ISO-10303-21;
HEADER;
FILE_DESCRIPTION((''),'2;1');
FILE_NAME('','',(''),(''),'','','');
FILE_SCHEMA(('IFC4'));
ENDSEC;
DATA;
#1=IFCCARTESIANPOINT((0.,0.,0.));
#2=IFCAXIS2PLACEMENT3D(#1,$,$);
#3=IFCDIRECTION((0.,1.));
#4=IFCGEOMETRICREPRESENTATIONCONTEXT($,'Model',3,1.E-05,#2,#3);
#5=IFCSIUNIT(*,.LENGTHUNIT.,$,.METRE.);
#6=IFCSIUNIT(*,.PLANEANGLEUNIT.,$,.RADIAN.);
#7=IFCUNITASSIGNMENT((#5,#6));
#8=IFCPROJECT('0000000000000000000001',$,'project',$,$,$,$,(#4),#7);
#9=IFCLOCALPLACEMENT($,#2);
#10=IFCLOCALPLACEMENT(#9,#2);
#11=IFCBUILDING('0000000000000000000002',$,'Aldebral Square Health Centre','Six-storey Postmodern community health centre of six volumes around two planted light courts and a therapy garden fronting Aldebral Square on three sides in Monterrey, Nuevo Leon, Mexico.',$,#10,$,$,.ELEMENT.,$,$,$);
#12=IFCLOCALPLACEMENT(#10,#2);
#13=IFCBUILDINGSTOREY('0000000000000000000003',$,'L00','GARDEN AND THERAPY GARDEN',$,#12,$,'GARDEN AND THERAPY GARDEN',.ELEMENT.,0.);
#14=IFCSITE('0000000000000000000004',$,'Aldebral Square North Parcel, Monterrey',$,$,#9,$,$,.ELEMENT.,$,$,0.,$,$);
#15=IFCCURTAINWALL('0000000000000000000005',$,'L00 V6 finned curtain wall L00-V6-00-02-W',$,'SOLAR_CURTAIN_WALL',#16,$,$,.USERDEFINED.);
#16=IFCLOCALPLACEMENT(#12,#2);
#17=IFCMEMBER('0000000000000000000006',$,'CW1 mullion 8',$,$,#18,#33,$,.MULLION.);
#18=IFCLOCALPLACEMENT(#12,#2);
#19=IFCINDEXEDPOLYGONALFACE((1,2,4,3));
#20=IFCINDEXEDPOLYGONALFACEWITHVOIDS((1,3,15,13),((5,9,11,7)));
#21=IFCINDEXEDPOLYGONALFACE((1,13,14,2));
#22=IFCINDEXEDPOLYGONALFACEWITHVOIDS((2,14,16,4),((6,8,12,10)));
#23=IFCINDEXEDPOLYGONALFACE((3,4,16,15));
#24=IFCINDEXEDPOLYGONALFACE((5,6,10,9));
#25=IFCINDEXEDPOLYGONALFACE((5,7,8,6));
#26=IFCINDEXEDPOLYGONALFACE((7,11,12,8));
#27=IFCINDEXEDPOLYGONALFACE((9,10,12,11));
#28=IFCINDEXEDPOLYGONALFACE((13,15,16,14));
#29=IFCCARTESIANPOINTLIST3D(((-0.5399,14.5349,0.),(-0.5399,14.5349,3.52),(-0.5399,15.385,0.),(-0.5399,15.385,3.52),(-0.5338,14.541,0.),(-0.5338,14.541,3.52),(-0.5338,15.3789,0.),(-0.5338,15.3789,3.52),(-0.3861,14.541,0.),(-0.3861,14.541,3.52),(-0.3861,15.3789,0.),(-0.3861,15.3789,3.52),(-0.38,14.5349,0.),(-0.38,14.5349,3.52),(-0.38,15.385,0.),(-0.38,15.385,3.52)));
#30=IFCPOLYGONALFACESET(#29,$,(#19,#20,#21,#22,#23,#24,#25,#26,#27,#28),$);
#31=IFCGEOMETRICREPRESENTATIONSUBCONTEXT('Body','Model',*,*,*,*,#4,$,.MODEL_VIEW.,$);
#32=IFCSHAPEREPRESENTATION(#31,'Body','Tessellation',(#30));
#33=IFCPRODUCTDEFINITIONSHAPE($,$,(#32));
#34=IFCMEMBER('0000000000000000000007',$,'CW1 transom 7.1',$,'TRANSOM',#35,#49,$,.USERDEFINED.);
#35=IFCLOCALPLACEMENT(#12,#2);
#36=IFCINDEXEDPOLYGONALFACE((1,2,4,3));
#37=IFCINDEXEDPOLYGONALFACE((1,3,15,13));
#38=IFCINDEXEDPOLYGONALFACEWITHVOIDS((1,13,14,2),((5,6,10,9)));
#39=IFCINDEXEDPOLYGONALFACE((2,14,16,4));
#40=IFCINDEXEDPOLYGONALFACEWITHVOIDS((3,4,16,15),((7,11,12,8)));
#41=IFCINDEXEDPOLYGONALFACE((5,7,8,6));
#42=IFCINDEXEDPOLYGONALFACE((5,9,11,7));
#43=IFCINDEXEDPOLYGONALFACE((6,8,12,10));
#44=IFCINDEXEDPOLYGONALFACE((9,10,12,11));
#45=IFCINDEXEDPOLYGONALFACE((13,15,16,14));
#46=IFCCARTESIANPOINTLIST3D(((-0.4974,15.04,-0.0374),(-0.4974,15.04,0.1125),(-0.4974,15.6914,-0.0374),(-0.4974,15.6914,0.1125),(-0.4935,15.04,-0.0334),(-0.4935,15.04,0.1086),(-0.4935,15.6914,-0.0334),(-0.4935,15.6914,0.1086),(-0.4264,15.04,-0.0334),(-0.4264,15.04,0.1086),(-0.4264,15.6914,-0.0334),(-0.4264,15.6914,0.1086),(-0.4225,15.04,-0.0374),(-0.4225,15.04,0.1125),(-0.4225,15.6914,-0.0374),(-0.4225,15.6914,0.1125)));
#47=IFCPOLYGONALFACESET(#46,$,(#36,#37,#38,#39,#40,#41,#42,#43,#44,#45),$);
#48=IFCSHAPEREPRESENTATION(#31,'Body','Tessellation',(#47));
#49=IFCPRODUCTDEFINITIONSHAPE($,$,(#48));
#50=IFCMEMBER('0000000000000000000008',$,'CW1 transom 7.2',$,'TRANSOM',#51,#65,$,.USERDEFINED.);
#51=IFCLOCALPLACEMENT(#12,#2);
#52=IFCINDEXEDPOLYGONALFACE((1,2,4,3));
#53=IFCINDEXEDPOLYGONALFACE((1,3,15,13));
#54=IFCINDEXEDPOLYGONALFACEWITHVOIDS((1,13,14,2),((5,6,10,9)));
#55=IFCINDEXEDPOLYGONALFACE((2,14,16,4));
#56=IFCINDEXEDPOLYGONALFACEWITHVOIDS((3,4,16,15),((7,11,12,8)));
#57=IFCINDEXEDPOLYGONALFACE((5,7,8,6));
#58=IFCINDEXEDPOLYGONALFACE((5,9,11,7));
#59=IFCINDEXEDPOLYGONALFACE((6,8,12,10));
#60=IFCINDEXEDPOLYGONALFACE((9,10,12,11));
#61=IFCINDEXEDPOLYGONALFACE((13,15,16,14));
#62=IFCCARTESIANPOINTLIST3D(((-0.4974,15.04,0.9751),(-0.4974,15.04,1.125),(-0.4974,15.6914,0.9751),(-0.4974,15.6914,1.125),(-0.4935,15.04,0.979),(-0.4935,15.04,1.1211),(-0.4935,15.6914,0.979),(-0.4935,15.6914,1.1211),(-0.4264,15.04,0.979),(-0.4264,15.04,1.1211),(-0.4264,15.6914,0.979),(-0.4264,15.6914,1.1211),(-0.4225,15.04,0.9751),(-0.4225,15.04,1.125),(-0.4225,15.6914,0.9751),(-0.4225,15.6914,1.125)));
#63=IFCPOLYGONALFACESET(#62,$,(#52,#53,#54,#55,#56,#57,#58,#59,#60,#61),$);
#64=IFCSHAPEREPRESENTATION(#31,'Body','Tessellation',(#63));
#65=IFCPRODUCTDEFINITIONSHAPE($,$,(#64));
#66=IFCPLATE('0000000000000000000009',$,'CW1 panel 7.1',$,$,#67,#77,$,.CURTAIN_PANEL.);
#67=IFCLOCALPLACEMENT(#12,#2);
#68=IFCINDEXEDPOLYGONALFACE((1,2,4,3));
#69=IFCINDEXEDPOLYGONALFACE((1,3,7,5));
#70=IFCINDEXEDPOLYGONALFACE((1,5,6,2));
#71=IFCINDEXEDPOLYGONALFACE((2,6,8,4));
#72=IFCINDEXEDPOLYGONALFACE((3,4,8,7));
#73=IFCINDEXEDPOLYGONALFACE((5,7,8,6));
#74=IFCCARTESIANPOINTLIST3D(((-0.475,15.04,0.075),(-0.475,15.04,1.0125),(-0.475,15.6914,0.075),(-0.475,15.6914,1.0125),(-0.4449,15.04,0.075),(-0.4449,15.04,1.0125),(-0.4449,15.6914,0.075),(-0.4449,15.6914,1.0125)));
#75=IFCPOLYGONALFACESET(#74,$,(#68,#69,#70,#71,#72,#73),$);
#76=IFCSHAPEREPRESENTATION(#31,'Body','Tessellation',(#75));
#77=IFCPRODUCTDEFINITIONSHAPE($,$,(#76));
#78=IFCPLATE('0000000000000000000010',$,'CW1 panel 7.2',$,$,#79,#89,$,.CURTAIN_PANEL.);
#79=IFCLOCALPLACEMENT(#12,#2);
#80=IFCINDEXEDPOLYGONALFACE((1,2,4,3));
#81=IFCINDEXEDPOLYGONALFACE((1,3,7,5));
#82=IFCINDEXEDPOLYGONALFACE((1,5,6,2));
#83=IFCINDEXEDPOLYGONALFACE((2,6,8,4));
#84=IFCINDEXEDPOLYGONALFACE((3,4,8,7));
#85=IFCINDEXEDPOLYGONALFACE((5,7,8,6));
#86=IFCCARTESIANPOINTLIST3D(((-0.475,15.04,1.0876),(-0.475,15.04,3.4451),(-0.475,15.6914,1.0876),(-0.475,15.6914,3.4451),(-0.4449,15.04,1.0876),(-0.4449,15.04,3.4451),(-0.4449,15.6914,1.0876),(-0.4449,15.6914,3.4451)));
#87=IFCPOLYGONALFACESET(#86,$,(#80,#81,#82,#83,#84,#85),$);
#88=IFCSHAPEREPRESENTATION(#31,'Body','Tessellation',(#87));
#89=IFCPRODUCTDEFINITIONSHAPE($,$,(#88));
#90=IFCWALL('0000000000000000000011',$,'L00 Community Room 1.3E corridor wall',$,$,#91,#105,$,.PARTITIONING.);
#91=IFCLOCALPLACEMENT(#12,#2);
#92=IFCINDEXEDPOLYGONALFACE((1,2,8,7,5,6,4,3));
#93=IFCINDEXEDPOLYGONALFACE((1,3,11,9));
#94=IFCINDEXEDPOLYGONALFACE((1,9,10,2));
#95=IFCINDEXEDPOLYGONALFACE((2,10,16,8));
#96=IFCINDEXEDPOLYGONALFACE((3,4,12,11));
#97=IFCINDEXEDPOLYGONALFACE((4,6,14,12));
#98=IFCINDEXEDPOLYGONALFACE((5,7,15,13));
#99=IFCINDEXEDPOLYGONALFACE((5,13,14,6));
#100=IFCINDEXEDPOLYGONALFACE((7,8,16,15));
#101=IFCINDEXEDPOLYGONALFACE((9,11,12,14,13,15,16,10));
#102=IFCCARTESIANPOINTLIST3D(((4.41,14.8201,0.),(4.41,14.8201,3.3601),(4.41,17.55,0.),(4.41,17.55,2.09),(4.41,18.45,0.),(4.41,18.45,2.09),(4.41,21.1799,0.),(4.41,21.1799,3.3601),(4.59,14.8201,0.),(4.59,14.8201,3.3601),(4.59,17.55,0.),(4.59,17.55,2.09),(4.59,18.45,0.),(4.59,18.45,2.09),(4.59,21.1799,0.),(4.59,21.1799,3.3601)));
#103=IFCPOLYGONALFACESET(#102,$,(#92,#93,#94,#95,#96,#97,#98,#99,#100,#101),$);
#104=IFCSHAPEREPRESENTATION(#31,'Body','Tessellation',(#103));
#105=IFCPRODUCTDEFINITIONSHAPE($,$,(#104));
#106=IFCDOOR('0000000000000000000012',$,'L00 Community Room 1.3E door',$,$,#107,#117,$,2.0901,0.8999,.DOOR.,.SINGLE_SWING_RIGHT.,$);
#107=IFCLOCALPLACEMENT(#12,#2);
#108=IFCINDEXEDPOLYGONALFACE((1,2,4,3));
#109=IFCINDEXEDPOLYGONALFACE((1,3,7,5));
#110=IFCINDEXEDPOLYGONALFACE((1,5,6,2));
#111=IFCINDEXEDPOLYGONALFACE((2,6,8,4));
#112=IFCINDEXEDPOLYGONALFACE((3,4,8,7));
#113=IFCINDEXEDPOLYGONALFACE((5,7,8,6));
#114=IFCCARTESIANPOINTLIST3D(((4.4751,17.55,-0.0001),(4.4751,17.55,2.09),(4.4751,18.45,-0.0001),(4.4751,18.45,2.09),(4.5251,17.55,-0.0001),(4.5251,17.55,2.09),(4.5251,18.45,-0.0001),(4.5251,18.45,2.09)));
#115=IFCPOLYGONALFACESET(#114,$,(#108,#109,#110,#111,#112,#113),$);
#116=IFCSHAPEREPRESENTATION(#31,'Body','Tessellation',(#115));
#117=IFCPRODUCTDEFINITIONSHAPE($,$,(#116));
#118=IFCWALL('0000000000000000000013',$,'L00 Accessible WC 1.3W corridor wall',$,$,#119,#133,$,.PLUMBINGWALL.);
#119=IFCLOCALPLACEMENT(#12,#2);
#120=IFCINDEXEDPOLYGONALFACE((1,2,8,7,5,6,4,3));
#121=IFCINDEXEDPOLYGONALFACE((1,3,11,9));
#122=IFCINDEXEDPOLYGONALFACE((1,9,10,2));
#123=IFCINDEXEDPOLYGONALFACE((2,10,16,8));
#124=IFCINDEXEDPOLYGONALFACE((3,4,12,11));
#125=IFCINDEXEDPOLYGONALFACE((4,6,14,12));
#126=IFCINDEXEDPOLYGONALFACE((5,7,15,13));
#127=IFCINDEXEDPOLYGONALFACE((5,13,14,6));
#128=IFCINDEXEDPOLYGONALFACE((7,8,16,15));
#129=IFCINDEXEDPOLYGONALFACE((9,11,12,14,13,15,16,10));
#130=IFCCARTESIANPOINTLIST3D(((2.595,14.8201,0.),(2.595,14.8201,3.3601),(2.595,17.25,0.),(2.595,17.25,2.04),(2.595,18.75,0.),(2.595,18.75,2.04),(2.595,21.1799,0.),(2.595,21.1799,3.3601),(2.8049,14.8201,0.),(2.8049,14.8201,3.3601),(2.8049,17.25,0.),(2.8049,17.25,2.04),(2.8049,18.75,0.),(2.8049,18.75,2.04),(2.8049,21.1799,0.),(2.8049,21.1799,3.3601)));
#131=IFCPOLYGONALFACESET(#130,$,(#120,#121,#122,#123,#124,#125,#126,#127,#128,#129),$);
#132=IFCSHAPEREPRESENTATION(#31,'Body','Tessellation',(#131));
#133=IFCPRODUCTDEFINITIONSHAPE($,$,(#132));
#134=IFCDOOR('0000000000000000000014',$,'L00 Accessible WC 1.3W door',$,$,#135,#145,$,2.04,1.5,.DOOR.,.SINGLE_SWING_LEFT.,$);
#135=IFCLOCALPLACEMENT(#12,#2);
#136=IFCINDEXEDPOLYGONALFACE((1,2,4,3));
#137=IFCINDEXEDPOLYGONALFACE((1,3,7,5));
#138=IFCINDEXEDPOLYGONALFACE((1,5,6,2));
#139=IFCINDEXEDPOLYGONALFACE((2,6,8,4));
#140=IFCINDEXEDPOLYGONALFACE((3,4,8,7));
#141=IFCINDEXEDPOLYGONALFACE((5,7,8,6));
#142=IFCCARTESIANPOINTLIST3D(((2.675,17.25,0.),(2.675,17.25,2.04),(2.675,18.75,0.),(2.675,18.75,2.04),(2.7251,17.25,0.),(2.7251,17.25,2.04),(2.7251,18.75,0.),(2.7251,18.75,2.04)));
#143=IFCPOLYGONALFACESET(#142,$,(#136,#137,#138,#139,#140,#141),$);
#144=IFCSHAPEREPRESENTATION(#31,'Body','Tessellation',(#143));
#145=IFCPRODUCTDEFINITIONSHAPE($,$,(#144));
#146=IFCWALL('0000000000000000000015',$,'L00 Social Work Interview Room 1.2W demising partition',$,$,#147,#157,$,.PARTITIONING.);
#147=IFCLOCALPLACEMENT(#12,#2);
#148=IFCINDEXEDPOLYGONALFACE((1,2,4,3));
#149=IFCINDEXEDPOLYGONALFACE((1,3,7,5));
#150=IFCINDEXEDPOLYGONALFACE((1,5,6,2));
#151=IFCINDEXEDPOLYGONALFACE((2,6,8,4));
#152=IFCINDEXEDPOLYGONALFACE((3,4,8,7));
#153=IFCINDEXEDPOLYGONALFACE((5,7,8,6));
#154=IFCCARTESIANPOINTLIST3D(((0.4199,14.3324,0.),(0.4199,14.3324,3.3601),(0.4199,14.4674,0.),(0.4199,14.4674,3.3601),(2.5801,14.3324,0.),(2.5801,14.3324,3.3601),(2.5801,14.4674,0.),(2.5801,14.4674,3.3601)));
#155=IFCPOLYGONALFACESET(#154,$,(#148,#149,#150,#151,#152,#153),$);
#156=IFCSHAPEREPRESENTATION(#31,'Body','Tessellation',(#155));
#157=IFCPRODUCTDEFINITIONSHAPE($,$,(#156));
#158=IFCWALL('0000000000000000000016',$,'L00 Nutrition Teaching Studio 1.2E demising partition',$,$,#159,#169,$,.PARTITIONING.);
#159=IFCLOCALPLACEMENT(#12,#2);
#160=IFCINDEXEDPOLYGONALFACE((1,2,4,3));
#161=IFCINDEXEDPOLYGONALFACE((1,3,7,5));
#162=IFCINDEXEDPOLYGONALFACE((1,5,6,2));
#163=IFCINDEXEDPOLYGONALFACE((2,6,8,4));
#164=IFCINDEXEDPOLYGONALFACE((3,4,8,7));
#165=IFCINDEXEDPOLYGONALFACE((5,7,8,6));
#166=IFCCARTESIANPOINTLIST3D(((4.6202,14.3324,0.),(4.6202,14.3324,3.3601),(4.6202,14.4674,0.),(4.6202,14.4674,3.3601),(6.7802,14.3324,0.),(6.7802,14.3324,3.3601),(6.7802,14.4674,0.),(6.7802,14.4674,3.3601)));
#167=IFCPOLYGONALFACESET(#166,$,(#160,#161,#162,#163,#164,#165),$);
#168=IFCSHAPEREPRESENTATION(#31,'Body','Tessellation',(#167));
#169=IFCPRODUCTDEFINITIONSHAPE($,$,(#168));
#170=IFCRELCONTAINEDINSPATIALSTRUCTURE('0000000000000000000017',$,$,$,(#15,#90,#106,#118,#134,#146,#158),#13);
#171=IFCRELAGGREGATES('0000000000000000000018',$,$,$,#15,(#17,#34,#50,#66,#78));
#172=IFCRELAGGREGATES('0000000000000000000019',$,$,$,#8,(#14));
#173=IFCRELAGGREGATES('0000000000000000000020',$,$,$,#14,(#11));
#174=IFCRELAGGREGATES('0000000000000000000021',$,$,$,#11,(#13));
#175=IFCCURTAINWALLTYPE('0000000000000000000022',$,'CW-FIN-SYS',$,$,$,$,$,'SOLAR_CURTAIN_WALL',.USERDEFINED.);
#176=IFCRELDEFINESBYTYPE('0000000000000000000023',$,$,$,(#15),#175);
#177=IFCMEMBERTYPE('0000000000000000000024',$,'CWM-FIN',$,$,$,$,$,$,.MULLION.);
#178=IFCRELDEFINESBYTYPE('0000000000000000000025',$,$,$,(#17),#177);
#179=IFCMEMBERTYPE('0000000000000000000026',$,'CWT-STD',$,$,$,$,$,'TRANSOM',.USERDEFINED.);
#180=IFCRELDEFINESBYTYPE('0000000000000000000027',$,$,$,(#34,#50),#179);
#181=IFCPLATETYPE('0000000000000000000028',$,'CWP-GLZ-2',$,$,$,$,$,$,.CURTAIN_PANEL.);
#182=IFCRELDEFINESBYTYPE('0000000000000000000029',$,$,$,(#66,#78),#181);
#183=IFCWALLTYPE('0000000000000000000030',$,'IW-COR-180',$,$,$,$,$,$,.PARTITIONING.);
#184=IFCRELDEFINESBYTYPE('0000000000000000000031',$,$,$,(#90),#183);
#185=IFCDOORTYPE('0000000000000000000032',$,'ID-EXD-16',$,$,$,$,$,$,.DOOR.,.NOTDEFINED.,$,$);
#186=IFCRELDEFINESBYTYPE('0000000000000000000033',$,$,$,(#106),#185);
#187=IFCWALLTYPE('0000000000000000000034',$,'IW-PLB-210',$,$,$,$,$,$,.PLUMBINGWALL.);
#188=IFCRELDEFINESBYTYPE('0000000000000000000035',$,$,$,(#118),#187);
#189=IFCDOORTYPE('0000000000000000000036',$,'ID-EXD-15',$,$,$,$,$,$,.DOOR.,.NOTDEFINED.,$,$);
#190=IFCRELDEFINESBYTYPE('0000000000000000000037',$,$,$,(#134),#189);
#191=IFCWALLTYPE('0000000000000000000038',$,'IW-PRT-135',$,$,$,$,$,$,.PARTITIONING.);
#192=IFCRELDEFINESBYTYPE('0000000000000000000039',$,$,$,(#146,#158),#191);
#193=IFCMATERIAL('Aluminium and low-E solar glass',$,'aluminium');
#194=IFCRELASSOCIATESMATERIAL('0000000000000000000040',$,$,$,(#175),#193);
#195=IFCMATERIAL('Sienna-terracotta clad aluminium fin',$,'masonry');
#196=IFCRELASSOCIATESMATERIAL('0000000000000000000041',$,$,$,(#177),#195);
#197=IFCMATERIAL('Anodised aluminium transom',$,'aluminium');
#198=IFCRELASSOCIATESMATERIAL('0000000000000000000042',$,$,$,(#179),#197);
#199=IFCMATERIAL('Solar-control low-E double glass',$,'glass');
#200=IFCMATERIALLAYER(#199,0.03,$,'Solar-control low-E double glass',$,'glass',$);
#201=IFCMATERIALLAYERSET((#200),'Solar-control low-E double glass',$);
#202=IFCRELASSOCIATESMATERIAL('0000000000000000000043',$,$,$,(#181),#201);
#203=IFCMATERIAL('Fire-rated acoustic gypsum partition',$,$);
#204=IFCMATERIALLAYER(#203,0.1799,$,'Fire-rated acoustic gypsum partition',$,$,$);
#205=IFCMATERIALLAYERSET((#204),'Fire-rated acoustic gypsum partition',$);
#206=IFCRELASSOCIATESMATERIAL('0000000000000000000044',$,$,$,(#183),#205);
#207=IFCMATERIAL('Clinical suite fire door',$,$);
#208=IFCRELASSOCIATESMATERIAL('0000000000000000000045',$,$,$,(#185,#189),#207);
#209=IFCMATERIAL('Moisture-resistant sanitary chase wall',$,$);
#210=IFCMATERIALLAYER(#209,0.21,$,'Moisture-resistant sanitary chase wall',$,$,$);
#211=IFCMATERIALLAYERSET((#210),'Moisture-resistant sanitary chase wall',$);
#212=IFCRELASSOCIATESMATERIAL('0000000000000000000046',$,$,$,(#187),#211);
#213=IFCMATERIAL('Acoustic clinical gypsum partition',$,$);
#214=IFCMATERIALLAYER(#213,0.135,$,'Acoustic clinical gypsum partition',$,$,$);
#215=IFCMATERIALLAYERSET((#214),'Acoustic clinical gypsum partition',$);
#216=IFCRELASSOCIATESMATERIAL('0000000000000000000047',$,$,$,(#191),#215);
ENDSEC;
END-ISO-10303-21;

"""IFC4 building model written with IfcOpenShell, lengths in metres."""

from ifc_helpers import new_model, si_unit, direction, frame, frame_2d, origin, origin_2d, place, context, subcontext, project, spatial, rectangle, hollow_rectangle, extrude, material, layer, layer_set, material_profile, profile_set, type_object, element, fill, aggregate, save


model = new_model("IFC4")

# Units and contexts
model_context = context("Model", 3, precision=1e-05, world=origin(), true_north=direction((0.0, 1.0)))
body_context = subcontext(model_context, "Body", "Model", "MODEL_VIEW")
ifc_project = project(units=[si_unit("LENGTHUNIT", "METRE"), si_unit("PLANEANGLEUNIT", "RADIAN")], contexts=[model_context])

# Site, building, storey
site_placement = place(None, origin())
site = spatial("IfcSite", under=ifc_project, at=site_placement, Name="Aldebral Square North Parcel, Monterrey", CompositionType="ELEMENT", RefElevation=0.0)
building_placement = place(site_placement, origin())
building = spatial("IfcBuilding", under=site, at=building_placement, Name="Aldebral Square Health Centre", Description="Six-storey Postmodern community health centre of six volumes around two planted light courts and a therapy garden fronting Aldebral Square on three sides in Monterrey, Nuevo Leon, Mexico.", CompositionType="ELEMENT")
storey_placement = place(building_placement, origin())
storey = spatial("IfcBuildingStorey", under=building, at=storey_placement, Name="L00", Description="GARDEN AND THERAPY GARDEN", LongName="GARDEN AND THERAPY GARDEN", CompositionType="ELEMENT", Elevation=0.0)

# Curtain wall, members, plates
ifc_material_1 = material(Name="Aluminium and low-E solar glass", Category="aluminium")
curtain_wall_type = type_object("IfcCurtainWallType", Name="CW-FIN-SYS", ElementType="SOLAR_CURTAIN_WALL", PredefinedType="USERDEFINED", material=ifc_material_1)
curtain_wall_placement = place(storey_placement, origin())
curtain_wall = element("IfcCurtainWall", 1, at=curtain_wall_placement, inside=storey, type_object=curtain_wall_type, Name="L00 V6 finned curtain wall L00-V6-00-02-W", ObjectType="SOLAR_CURTAIN_WALL", PredefinedType="USERDEFINED")
ifc_material_2 = material(Name="Sienna-terracotta clad aluminium fin", Category="masonry")
ifc_material_profile_1 = material_profile(ifc_material_2, hollow_rectangle(XDim=0.1599, YDim=0.8501, WallThickness=0.0061, at=origin_2d()), Name="FIN 160x850x6")
ifc_profile_set_1 = profile_set([ifc_material_profile_1], Name="Sienna-terracotta clad aluminium fin")
member_type_1 = type_object("IfcMemberType", Name="CWM-FIN", PredefinedType="MULLION", material=ifc_profile_set_1)
member_1_placement = place(storey_placement, frame((-0.46, 14.96, 0.0), z_axis=(0.0, 0.0, 1.0), x_axis=(1.0, 0.0, 0.0)))
member_1 = element("IfcMember", 2, at=member_1_placement, type_object=member_type_1, Name="CW1 mullion 8", PredefinedType="MULLION", context=body_context, shape_type="SweptSolid", body=[
    extrude(hollow_rectangle(XDim=0.1599, YDim=0.8501, WallThickness=0.0061, at=origin_2d()), origin(), (0.0, 0.0, 1.0), 3.52),
])
ifc_material_3 = material(Name="Anodised aluminium transom", Category="aluminium")
ifc_material_profile_2 = material_profile(ifc_material_3, hollow_rectangle(XDim=0.075, YDim=0.1499, WallThickness=0.0039, at=origin_2d()), Name="CWT 75x150x4")
ifc_profile_set_2 = profile_set([ifc_material_profile_2], Name="Anodised aluminium transom")
member_type_2 = type_object("IfcMemberType", Name="CWT-STD", ElementType="TRANSOM", PredefinedType="USERDEFINED", material=ifc_profile_set_2)
member_2_placement = place(storey_placement, frame((-0.46, 15.6914, 0.0376), z_axis=(0.0, -1.0, 0.0), x_axis=(1.0, 0.0, 0.0)))
member_2 = element("IfcMember", 3, at=member_2_placement, type_object=member_type_2, Name="CW1 transom 7.1", ObjectType="TRANSOM", PredefinedType="USERDEFINED", context=body_context, shape_type="SweptSolid", body=[
    extrude(hollow_rectangle(XDim=0.075, YDim=0.1499, WallThickness=0.0039, at=origin_2d()), origin(), (0.0, 0.0, 1.0), 0.6514),
])
member_3_placement = place(storey_placement, frame((-0.46, 15.6914, 1.05), z_axis=(0.0, -1.0, 0.0), x_axis=(1.0, 0.0, 0.0)))
member_3 = element("IfcMember", 4, at=member_3_placement, type_object=member_type_2, Name="CW1 transom 7.2", ObjectType="TRANSOM", PredefinedType="USERDEFINED", context=body_context, shape_type="SweptSolid", body=[
    extrude(hollow_rectangle(XDim=0.075, YDim=0.1499, WallThickness=0.0039, at=origin_2d()), origin(), (0.0, 0.0, 1.0), 0.6514),
])
ifc_material_4 = material(Name="Solar-control low-E double glass", Category="glass")
ifc_layer_1 = layer(ifc_material_4, 0.03, Name="Solar-control low-E double glass", Category="glass")
ifc_layer_set_1 = layer_set([ifc_layer_1], Name="Solar-control low-E double glass")
plate_type = type_object("IfcPlateType", Name="CWP-GLZ-2", PredefinedType="CURTAIN_PANEL", material=ifc_layer_set_1)
plate_1_placement = place(storey_placement, frame((-0.46, 15.3657, 0.075), z_axis=(0.0, 0.0, 1.0), x_axis=(0.0, -1.0, 0.0)))
plate_1 = element("IfcPlate", 5, at=plate_1_placement, type_object=plate_type, Name="CW1 panel 7.1", PredefinedType="CURTAIN_PANEL", context=body_context, shape_type="SweptSolid", body=[
    extrude(rectangle(XDim=0.6514, YDim=0.03, at=origin_2d()), origin(), (0.0, 0.0, 1.0), 0.9375),
])
plate_2_placement = place(storey_placement, frame((-0.46, 15.3657, 1.0876), z_axis=(0.0, 0.0, 1.0), x_axis=(0.0, -1.0, 0.0)))
plate_2 = element("IfcPlate", 6, at=plate_2_placement, type_object=plate_type, Name="CW1 panel 7.2", PredefinedType="CURTAIN_PANEL", context=body_context, shape_type="SweptSolid", body=[
    extrude(rectangle(XDim=0.6514, YDim=0.03, at=origin_2d()), origin(), (0.0, 0.0, 1.0), 2.3574),
])
aggregate(curtain_wall, [member_1, member_2, member_3, plate_1, plate_2])

# Walls, openings, doors
ifc_material_5 = material(Name="Fire-rated acoustic gypsum partition")
ifc_layer_2 = layer(ifc_material_5, 0.1799, Name="Fire-rated acoustic gypsum partition")
ifc_layer_set_2 = layer_set([ifc_layer_2], Name="Fire-rated acoustic gypsum partition")
wall_type_1 = type_object("IfcWallType", Name="IW-COR-180", PredefinedType="PARTITIONING", material=ifc_layer_set_2)
wall_1_placement = place(storey_placement, frame((4.5, 14.8201, 0.0), z_axis=(0.0, 0.0, 1.0), x_axis=(0.0, 1.0, 0.0)))
wall_1 = element("IfcWall", 7, at=wall_1_placement, inside=storey, type_object=wall_type_1, Name="L00 Community Room 1.3E corridor wall", PredefinedType="PARTITIONING", context=body_context, shape_type="SweptSolid", body=[
    extrude(rectangle(XDim=6.3599, YDim=0.1799, at=frame_2d((3.1799, 0.0))), origin(), (0.0, 0.0, 1.0), 3.3601),
])
opening_1_placement = place(wall_1_placement, frame((2.73, 0.0, 0.0)))
opening_1 = element("IfcOpeningElement", 8, at=opening_1_placement, cuts=wall_1, PredefinedType="OPENING", context=body_context, shape_type="SweptSolid", body=[
    extrude(rectangle(XDim=0.8999, YDim=2.0901, at=frame_2d((0.45, 1.0449))), frame((0.0, 0.1001, 0.0), z_axis=(0.0, -1.0, 0.0), x_axis=(1.0, 0.0, 0.0)), (0.0, 0.0, 1.0), 0.2),
])
ifc_material_6 = material(Name="Clinical suite fire door")
door_type_1 = type_object("IfcDoorType", Name="ID-EXD-16", OperationType="NOTDEFINED", PredefinedType="DOOR", material=ifc_material_6)
door_1_placement = place(opening_1_placement, origin())
door_1 = element("IfcDoor", 9, at=door_1_placement, inside=storey, type_object=door_type_1, Name="L00 Community Room 1.3E door", OperationType="SINGLE_SWING_RIGHT", OverallHeight=2.0901, OverallWidth=0.8999, PredefinedType="DOOR", context=body_context, shape_type="SweptSolid", body=[
    extrude(rectangle(XDim=0.8999, YDim=2.0901, at=frame_2d((0.45, 1.0449))), frame((0.0, 0.0249, 0.0), z_axis=(0.0, -1.0, 0.0), x_axis=(1.0, 0.0, 0.0)), (0.0, 0.0, 1.0), 0.05),
])
fill(opening_1, door_1)
ifc_material_7 = material(Name="Moisture-resistant sanitary chase wall")
ifc_layer_3 = layer(ifc_material_7, 0.21, Name="Moisture-resistant sanitary chase wall")
ifc_layer_set_3 = layer_set([ifc_layer_3], Name="Moisture-resistant sanitary chase wall")
wall_type_2 = type_object("IfcWallType", Name="IW-PLB-210", PredefinedType="PLUMBINGWALL", material=ifc_layer_set_3)
wall_2_placement = place(storey_placement, frame((2.7, 14.8201, 0.0), z_axis=(0.0, 0.0, 1.0), x_axis=(0.0, 1.0, 0.0)))
wall_2 = element("IfcWall", 10, at=wall_2_placement, inside=storey, type_object=wall_type_2, Name="L00 Accessible WC 1.3W corridor wall", PredefinedType="PLUMBINGWALL", context=body_context, shape_type="SweptSolid", body=[
    extrude(rectangle(XDim=6.3599, YDim=0.21, at=frame_2d((3.1799, 0.0))), origin(), (0.0, 0.0, 1.0), 3.3601),
])
opening_2_placement = place(wall_2_placement, frame((2.4299, 0.0, 0.0)))
opening_2 = element("IfcOpeningElement", 11, at=opening_2_placement, cuts=wall_2, PredefinedType="OPENING", context=body_context, shape_type="SweptSolid", body=[
    extrude(rectangle(XDim=1.5, YDim=2.04, at=frame_2d((0.75, 1.02))), frame((0.0, 0.115, 0.0), z_axis=(0.0, -1.0, 0.0), x_axis=(1.0, 0.0, 0.0)), (0.0, 0.0, 1.0), 0.23),
])
door_type_2 = type_object("IfcDoorType", Name="ID-EXD-15", OperationType="NOTDEFINED", PredefinedType="DOOR", material=ifc_material_6)
door_2_placement = place(opening_2_placement, origin())
door_2 = element("IfcDoor", 12, at=door_2_placement, inside=storey, type_object=door_type_2, Name="L00 Accessible WC 1.3W door", OperationType="SINGLE_SWING_LEFT", OverallHeight=2.04, OverallWidth=1.5, PredefinedType="DOOR", context=body_context, shape_type="SweptSolid", body=[
    extrude(rectangle(XDim=1.5, YDim=2.04, at=frame_2d((0.75, 1.02))), frame((0.0, 0.0249, 0.0), z_axis=(0.0, -1.0, 0.0), x_axis=(1.0, 0.0, 0.0)), (0.0, 0.0, 1.0), 0.05),
])
fill(opening_2, door_2)

# Walls
ifc_material_8 = material(Name="Acoustic clinical gypsum partition")
ifc_layer_4 = layer(ifc_material_8, 0.135, Name="Acoustic clinical gypsum partition")
ifc_layer_set_4 = layer_set([ifc_layer_4], Name="Acoustic clinical gypsum partition")
wall_type_3 = type_object("IfcWallType", Name="IW-PRT-135", PredefinedType="PARTITIONING", material=ifc_layer_set_4)
wall_3_placement = place(storey_placement, frame((0.4199, 14.3999, 0.0), z_axis=(0.0, 0.0, 1.0), x_axis=(1.0, 0.0, 0.0)))
element("IfcWall", 13, at=wall_3_placement, inside=storey, type_object=wall_type_3, Name="L00 Social Work Interview Room 1.2W demising partition", PredefinedType="PARTITIONING", context=body_context, shape_type="SweptSolid", body=[
    extrude(rectangle(XDim=2.1602, YDim=0.135, at=frame_2d((1.0801, 0.0))), origin(), (0.0, 0.0, 1.0), 3.3601),
])
wall_4_placement = place(storey_placement, frame((4.6201, 14.3999, 0.0), z_axis=(0.0, 0.0, 1.0), x_axis=(1.0, 0.0, 0.0)))
element("IfcWall", 14, at=wall_4_placement, inside=storey, type_object=wall_type_3, Name="L00 Nutrition Teaching Studio 1.2E demising partition", PredefinedType="PARTITIONING", context=body_context, shape_type="SweptSolid", body=[
    extrude(rectangle(XDim=2.1599, YDim=0.135, at=frame_2d((1.0801, 0.0))), origin(), (0.0, 0.0, 1.0), 3.3601),
])

save(model, "model.ifc")
